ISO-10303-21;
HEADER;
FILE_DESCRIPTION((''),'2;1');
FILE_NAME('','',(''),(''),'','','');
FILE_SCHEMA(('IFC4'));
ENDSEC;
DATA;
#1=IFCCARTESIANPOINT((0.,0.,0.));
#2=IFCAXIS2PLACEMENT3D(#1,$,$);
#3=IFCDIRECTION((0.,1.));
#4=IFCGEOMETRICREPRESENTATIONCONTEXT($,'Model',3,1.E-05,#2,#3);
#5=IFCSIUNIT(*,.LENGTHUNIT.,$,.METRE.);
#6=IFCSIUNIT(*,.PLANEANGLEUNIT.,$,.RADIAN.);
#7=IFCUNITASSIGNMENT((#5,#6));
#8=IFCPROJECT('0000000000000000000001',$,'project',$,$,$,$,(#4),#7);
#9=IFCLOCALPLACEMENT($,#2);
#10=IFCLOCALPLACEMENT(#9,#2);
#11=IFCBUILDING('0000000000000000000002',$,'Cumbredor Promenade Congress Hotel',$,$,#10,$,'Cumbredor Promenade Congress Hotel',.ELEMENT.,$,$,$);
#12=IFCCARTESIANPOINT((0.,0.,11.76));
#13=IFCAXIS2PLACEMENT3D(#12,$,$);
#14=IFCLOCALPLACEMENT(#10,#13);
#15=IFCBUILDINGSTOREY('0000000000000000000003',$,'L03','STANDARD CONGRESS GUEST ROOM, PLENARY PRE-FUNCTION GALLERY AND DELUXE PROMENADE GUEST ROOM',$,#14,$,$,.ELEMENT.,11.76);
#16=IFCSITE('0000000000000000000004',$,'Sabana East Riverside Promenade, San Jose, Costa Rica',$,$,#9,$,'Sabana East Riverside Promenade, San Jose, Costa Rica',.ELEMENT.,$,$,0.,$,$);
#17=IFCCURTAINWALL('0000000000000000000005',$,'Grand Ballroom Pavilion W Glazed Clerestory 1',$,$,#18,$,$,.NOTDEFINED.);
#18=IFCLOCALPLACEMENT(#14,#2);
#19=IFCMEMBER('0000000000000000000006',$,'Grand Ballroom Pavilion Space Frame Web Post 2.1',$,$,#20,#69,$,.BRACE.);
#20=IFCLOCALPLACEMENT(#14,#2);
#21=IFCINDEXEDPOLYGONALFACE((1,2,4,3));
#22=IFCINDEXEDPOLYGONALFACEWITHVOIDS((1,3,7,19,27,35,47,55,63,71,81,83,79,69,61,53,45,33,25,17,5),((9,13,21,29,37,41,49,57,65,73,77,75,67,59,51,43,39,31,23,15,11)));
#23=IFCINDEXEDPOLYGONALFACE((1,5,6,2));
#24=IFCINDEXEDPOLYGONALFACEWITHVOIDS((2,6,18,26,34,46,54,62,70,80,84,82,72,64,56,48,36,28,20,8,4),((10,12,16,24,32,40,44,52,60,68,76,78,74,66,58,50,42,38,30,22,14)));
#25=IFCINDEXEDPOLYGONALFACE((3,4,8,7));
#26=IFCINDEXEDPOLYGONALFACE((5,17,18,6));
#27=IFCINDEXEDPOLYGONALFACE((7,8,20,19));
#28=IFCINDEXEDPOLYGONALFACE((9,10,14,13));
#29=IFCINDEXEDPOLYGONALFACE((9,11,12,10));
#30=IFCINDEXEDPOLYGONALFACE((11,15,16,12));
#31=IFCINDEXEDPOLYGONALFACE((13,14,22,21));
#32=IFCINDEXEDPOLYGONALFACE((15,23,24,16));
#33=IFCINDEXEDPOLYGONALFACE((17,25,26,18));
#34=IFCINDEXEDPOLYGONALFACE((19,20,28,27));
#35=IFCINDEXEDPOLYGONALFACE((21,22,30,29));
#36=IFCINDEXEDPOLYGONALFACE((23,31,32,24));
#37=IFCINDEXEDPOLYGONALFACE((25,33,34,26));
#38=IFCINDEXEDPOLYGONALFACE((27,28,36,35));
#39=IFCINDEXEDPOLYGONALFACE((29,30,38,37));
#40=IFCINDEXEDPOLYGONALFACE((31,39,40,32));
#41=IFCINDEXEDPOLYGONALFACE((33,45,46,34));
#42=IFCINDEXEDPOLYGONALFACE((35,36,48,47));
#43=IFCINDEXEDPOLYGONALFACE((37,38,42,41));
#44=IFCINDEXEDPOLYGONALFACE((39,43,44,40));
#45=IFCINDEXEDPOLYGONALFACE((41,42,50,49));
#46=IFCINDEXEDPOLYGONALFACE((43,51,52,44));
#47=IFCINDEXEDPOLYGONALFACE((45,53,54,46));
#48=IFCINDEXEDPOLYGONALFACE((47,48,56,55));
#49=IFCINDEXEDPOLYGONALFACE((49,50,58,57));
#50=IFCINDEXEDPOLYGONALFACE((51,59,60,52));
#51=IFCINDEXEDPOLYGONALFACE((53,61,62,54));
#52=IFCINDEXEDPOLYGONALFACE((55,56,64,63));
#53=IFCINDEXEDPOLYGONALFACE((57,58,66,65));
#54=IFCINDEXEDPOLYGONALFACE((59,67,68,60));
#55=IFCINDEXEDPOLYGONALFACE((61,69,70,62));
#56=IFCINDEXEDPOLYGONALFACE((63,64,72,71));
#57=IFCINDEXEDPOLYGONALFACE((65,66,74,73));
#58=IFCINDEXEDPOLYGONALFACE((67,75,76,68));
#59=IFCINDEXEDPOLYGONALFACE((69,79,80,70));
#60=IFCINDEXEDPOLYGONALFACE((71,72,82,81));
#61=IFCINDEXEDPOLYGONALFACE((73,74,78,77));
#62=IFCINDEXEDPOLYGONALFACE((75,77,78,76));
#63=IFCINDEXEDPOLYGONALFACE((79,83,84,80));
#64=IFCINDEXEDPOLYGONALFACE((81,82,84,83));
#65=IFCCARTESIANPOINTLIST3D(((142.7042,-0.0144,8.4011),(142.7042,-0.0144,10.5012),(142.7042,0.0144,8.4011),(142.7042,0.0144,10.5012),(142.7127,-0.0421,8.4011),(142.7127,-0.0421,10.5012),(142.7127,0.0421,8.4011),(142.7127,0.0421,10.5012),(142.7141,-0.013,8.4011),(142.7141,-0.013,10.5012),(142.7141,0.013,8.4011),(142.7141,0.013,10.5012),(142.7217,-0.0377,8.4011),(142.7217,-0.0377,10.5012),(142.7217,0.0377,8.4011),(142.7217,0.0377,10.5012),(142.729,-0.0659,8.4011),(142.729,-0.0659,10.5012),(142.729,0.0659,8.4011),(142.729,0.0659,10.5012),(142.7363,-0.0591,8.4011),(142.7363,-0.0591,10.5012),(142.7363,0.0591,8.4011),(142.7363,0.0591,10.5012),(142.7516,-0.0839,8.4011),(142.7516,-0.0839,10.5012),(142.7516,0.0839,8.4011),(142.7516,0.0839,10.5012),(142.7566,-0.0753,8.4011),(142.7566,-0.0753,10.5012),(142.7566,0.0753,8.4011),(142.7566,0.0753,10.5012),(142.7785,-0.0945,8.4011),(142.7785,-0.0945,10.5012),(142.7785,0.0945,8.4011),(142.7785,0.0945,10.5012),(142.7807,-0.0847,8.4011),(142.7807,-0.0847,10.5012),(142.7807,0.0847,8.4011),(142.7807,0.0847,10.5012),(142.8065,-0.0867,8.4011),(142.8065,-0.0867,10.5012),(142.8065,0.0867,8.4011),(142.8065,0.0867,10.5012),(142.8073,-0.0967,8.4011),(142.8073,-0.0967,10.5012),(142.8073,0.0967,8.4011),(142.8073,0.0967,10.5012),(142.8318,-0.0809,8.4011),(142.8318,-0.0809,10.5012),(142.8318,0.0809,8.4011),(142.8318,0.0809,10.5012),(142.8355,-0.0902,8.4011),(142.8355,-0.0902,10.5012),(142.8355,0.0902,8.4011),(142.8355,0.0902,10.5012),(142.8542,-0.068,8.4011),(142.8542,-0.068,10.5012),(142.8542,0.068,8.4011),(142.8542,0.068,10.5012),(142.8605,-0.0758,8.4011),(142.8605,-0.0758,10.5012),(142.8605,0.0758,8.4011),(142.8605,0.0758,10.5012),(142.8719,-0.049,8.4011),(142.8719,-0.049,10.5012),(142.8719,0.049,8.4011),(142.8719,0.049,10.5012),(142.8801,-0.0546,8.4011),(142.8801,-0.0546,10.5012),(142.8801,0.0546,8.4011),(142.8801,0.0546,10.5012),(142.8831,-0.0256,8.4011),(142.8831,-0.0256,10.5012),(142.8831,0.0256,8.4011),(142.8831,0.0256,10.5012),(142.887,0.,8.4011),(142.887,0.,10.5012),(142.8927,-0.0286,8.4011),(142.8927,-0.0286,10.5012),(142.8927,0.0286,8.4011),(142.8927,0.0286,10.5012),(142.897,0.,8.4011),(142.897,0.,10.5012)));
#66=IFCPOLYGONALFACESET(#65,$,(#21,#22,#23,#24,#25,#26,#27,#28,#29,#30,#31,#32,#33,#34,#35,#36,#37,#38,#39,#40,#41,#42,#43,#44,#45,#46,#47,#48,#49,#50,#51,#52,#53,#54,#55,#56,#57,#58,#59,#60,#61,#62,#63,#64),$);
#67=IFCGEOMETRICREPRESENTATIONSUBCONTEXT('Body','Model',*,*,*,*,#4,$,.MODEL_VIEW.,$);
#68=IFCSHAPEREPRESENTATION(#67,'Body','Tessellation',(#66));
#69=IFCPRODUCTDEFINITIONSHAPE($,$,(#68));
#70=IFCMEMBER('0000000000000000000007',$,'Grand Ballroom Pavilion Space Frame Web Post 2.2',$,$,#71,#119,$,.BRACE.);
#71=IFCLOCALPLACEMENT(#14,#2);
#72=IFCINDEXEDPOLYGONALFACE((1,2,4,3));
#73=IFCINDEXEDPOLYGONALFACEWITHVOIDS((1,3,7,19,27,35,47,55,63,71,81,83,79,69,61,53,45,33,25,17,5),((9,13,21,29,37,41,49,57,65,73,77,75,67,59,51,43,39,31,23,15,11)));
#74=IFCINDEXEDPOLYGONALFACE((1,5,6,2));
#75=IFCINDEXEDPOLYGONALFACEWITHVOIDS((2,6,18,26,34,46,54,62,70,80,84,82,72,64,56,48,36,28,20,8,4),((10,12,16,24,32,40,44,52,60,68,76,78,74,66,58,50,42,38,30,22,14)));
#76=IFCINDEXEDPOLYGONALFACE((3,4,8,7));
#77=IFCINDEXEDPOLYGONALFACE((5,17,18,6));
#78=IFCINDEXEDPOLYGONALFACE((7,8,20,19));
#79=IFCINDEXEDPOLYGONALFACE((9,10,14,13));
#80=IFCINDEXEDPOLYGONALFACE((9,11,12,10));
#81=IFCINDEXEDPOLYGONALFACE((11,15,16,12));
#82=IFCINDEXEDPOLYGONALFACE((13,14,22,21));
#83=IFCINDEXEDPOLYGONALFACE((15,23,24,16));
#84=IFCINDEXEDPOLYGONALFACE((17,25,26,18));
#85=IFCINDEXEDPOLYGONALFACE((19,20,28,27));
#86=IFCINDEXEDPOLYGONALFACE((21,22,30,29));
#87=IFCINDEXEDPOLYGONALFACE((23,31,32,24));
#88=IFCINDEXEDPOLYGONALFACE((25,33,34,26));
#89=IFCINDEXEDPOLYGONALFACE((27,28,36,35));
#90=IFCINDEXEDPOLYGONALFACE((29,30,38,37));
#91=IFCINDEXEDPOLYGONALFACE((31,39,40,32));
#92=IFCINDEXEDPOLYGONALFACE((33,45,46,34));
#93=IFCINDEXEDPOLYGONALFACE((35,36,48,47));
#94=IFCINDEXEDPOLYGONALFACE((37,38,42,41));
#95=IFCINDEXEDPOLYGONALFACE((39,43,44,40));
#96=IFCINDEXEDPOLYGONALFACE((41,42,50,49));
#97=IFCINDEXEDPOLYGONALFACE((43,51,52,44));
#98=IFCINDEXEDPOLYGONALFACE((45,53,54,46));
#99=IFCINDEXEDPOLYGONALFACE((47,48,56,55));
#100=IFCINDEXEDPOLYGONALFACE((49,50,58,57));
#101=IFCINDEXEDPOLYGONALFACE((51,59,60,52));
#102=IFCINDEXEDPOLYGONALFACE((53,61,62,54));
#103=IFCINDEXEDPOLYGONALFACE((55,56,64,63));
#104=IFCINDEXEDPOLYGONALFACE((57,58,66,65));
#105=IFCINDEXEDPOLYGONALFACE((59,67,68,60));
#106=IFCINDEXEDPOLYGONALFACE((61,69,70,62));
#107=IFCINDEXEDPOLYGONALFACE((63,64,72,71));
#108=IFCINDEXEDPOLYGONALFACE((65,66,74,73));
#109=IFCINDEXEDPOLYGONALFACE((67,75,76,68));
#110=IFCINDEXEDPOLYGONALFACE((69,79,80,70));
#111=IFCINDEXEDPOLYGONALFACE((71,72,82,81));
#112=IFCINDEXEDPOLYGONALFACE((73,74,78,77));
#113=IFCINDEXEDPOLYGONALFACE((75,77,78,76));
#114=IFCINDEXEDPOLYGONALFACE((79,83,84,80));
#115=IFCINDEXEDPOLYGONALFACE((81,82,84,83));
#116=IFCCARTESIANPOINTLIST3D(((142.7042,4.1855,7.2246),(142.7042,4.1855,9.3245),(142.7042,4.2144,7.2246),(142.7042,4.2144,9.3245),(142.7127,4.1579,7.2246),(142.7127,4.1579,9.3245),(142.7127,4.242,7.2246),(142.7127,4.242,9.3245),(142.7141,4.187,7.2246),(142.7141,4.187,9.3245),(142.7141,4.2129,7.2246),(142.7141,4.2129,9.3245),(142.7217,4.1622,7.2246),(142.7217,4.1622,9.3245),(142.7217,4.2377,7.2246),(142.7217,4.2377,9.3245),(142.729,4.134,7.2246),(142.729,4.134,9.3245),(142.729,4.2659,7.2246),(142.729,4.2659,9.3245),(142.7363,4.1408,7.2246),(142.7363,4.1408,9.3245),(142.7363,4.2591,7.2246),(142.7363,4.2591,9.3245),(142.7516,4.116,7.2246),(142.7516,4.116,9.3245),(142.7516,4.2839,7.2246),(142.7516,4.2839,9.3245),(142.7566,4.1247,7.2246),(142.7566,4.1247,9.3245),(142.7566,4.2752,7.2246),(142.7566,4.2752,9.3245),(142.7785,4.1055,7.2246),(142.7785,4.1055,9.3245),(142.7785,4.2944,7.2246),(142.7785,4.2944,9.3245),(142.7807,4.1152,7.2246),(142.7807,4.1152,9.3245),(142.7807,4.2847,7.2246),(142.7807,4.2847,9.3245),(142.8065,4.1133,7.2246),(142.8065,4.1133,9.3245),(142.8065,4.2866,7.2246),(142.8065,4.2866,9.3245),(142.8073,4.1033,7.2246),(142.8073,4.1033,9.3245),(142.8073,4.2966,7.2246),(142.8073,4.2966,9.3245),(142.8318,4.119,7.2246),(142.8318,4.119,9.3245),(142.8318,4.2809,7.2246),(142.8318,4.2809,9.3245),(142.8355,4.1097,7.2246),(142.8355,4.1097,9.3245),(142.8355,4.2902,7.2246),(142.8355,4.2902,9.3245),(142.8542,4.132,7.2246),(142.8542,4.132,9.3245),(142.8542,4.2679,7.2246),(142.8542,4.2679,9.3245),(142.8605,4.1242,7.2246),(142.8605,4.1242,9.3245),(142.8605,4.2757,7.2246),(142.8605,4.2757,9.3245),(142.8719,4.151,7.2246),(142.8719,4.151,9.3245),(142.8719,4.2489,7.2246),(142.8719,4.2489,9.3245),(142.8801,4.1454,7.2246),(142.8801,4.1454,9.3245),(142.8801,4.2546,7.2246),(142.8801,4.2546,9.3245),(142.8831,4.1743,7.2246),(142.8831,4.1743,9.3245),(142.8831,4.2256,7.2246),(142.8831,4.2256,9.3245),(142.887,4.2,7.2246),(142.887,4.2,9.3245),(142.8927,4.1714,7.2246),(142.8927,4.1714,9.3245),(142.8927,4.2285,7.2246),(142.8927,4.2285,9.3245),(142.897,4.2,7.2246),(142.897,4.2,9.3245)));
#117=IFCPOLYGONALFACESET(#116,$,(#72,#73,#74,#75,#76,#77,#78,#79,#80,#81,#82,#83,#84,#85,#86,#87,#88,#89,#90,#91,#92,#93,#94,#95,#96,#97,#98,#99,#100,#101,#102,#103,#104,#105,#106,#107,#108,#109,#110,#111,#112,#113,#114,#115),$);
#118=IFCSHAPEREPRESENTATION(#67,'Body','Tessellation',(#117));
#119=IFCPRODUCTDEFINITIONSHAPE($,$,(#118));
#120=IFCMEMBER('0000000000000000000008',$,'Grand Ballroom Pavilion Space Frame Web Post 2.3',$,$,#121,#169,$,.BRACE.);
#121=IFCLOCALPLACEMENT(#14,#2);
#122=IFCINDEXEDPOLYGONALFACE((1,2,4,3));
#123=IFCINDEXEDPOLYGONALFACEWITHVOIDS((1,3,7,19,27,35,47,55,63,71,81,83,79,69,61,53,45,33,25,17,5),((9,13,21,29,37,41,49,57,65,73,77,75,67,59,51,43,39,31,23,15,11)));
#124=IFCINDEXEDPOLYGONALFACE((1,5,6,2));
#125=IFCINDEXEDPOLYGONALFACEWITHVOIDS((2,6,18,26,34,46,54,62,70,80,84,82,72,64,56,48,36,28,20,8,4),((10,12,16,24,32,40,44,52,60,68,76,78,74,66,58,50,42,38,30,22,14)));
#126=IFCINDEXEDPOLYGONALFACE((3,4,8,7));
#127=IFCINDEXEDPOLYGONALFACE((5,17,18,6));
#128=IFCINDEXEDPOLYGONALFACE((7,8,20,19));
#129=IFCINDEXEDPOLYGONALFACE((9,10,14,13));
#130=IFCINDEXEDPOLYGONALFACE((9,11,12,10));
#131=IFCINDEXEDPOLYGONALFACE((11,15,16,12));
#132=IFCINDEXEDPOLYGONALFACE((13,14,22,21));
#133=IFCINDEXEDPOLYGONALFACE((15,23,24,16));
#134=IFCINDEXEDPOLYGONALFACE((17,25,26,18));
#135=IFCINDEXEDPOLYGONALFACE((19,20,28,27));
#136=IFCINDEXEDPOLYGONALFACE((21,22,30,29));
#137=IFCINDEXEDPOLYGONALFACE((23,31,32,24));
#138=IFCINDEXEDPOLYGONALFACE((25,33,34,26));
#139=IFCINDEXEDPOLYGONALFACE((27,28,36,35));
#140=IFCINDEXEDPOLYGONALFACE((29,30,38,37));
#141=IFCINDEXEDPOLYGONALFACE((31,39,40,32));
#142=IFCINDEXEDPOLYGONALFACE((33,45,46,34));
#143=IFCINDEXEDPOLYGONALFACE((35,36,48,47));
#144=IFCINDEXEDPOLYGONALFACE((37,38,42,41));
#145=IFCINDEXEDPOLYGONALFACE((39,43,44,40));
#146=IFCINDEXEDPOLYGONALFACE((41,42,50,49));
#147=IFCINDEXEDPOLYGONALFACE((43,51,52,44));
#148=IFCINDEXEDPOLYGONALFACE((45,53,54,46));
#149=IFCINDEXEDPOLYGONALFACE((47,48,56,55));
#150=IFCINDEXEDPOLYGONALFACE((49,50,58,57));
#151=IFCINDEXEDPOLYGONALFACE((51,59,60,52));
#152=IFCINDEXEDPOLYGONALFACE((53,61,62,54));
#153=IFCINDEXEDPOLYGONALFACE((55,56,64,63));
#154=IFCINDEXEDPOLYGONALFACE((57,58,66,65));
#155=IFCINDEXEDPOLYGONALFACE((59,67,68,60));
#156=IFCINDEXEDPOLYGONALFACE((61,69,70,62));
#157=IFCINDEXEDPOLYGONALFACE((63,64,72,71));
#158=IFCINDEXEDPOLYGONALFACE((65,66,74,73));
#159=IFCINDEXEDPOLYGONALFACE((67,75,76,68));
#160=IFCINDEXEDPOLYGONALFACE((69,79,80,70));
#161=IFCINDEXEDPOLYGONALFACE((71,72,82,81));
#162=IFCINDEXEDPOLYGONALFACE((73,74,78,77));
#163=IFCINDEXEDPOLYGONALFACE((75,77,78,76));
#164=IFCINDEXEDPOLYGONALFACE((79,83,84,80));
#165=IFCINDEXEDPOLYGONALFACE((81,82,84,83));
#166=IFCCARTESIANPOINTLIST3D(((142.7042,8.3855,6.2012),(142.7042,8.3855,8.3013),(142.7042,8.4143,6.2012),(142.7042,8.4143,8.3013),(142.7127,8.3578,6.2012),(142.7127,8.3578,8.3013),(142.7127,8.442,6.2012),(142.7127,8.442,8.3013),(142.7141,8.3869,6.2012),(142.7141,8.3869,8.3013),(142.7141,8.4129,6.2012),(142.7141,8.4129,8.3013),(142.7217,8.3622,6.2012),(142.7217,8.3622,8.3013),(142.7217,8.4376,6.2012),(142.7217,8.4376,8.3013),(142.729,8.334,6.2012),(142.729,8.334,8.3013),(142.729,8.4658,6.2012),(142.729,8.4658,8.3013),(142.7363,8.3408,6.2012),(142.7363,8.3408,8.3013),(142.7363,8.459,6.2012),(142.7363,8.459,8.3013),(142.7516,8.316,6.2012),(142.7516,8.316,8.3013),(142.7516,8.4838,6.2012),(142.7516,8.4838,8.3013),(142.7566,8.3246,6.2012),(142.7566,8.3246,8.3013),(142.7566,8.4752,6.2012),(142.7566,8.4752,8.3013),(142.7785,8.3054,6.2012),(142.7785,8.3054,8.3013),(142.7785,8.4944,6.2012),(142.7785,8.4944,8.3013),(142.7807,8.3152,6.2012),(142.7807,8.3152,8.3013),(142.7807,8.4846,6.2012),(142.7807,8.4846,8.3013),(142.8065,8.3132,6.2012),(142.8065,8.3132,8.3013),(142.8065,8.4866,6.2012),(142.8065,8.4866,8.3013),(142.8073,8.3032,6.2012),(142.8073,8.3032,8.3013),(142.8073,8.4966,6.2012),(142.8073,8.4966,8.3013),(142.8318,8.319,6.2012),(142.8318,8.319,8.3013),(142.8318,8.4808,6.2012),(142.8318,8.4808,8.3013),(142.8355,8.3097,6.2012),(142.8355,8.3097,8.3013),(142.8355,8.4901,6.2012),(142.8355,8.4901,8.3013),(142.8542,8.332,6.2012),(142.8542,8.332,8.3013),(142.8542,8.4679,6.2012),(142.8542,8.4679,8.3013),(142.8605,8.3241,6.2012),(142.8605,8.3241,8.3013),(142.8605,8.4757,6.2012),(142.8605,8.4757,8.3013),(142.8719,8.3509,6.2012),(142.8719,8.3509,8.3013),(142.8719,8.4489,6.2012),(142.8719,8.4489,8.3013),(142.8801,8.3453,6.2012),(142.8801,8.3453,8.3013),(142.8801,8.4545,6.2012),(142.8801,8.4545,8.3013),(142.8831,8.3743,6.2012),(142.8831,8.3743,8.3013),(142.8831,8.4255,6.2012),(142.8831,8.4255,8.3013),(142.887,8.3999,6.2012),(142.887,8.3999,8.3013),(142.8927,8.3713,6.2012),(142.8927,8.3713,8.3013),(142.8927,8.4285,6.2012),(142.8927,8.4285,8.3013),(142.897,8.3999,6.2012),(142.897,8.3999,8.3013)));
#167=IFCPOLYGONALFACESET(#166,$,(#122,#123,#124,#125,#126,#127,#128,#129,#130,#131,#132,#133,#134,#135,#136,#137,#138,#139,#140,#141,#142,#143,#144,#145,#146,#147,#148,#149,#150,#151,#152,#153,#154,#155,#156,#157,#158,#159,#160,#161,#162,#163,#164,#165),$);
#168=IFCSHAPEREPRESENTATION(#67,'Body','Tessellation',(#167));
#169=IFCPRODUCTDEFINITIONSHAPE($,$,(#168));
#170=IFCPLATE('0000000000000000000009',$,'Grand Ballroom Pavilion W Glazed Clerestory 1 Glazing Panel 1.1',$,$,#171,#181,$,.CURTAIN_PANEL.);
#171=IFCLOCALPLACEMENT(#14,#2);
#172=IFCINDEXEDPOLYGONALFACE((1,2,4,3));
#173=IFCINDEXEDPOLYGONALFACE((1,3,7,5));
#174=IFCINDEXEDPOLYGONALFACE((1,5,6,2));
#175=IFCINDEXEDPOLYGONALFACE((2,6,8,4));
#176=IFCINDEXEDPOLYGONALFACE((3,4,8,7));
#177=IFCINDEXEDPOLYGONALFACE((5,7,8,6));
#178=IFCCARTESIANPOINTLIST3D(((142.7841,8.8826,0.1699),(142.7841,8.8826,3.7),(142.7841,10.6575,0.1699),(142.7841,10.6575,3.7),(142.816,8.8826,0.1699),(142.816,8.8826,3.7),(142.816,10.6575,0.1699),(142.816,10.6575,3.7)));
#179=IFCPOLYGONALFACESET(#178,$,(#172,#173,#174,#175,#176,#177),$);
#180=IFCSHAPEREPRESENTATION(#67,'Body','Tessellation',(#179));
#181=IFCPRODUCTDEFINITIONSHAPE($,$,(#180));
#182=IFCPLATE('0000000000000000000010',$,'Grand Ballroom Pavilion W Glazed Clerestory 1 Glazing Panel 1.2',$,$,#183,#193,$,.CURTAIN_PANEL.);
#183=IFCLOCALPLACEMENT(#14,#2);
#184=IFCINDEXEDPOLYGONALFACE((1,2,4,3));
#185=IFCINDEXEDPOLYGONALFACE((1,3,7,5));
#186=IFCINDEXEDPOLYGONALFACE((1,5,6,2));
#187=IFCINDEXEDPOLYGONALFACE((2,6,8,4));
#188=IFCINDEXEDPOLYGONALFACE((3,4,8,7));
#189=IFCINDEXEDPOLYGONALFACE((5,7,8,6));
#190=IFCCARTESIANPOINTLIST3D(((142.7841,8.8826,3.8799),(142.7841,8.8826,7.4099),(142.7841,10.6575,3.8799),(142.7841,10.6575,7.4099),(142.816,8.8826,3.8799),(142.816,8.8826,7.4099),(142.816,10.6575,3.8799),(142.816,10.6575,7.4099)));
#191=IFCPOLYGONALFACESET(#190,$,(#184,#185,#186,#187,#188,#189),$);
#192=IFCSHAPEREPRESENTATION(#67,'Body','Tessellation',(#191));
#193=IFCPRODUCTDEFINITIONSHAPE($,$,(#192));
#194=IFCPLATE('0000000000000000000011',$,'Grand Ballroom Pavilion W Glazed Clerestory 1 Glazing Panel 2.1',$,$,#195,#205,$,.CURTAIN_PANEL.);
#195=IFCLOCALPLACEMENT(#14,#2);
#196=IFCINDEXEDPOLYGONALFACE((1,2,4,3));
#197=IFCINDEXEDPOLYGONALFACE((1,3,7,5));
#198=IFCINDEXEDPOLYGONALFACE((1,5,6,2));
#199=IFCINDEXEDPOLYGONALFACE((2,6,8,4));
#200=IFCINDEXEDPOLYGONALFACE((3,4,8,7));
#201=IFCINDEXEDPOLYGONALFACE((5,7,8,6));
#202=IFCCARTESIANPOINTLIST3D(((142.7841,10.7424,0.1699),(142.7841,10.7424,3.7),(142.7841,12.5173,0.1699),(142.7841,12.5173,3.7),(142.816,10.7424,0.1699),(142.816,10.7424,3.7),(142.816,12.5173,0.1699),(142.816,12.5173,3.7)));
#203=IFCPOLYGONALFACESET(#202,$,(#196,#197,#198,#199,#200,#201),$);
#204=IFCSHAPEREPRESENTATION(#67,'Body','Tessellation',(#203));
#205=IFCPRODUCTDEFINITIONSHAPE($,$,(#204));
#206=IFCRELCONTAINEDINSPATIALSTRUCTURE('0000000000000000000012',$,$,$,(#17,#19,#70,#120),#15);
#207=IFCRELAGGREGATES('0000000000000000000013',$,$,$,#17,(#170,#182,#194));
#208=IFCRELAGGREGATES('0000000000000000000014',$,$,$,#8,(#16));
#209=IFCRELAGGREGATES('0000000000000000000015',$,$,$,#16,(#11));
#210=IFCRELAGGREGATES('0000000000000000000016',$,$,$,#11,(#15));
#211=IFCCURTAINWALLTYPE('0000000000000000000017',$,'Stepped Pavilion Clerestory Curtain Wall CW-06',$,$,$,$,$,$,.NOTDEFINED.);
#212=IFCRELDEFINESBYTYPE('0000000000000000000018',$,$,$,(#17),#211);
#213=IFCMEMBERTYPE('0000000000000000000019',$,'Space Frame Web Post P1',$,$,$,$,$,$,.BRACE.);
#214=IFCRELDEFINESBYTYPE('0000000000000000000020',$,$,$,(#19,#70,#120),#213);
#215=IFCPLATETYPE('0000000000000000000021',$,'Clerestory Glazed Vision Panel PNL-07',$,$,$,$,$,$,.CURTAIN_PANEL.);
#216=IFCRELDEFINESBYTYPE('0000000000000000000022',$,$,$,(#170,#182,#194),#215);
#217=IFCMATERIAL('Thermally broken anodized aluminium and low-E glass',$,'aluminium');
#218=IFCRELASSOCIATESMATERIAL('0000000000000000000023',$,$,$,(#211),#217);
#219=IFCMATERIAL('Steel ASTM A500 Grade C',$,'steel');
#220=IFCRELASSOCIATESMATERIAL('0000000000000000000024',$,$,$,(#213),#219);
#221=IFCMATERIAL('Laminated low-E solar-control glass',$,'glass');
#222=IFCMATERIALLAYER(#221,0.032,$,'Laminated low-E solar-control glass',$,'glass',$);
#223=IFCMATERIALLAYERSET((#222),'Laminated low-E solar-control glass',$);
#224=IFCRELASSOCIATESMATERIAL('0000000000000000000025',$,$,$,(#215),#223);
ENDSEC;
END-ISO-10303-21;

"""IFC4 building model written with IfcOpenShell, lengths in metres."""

from ifc_helpers import new_model, si_unit, direction, frame, origin, origin_2d, place, context, subcontext, project, spatial, rectangle, hollow_circle, extrude, material, layer, layer_set, material_profile, profile_set, type_object, element, aggregate, save


model = new_model("IFC4")

# Units and contexts
model_context = context("Model", 3, precision=1e-05, world=origin(), true_north=direction((0.0, 1.0)))
body_context = subcontext(model_context, "Body", "Model", "MODEL_VIEW")
ifc_project = project(units=[si_unit("LENGTHUNIT", "METRE"), si_unit("PLANEANGLEUNIT", "RADIAN")], contexts=[model_context])

# Site, building, storey
site_placement = place(None, origin())
site = spatial("IfcSite", under=ifc_project, at=site_placement, Name="Sabana East Riverside Promenade, San Jose, Costa Rica", LongName="Sabana East Riverside Promenade, San Jose, Costa Rica", CompositionType="ELEMENT", RefElevation=0.0)
building_placement = place(site_placement, origin())
building = spatial("IfcBuilding", under=site, at=building_placement, Name="Cumbredor Promenade Congress Hotel", LongName="Cumbredor Promenade Congress Hotel", CompositionType="ELEMENT")
storey_placement = place(building_placement, frame((0.0, 0.0, 11.76)))
storey = spatial("IfcBuildingStorey", under=building, at=storey_placement, Name="L03", Description="STANDARD CONGRESS GUEST ROOM, PLENARY PRE-FUNCTION GALLERY AND DELUXE PROMENADE GUEST ROOM", CompositionType="ELEMENT", Elevation=11.76)

# Shared definitions
ifc_material_1 = material(Name="Steel ASTM A500 Grade C", Category="steel")

# Curtain wall
ifc_material_2 = material(Name="Thermally broken anodized aluminium and low-E glass", Category="aluminium")
curtain_wall_type = type_object("IfcCurtainWallType", Name="Stepped Pavilion Clerestory Curtain Wall CW-06", PredefinedType="NOTDEFINED", material=ifc_material_2)
curtain_wall_placement = place(storey_placement, origin())
curtain_wall = element("IfcCurtainWall", 1, at=curtain_wall_placement, inside=storey, type_object=curtain_wall_type, Name="Grand Ballroom Pavilion W Glazed Clerestory 1", PredefinedType="NOTDEFINED")

# Members
ifc_material_profile_1 = material_profile(ifc_material_1, hollow_circle(Radius=0.0969, WallThickness=0.01, at=origin_2d()), Name="CHS 193.7x10")
ifc_profile_set_1 = profile_set([ifc_material_profile_1], Name="Steel ASTM A500 Grade C")
member_type_1 = type_object("IfcMemberType", Name="Space Frame Web Post P1", PredefinedType="BRACE", material=ifc_profile_set_1)
member_1_placement = place(storey_placement, frame((142.8, 0.0, 8.4011), z_axis=(0.0, 0.0, 1.0), x_axis=(1.0, 0.0, 0.0)))
element("IfcMember", 2, at=member_1_placement, inside=storey, type_object=member_type_1, Name="Grand Ballroom Pavilion Space Frame Web Post 2.1", PredefinedType="BRACE", context=body_context, shape_type="SweptSolid", body=[
    extrude(hollow_circle(Radius=0.0969, WallThickness=0.01, at=origin_2d()), origin(), (0.0, 0.0, 1.0), 2.1001),
])
member_2_placement = place(storey_placement, frame((142.8, 4.2, 7.2246), z_axis=(0.0, 0.0, 1.0), x_axis=(1.0, 0.0, 0.0)))
element("IfcMember", 3, at=member_2_placement, inside=storey, type_object=member_type_1, Name="Grand Ballroom Pavilion Space Frame Web Post 2.2", PredefinedType="BRACE", context=body_context, shape_type="SweptSolid", body=[
    extrude(hollow_circle(Radius=0.0969, WallThickness=0.01, at=origin_2d()), origin(), (0.0, 0.0, 1.0), 2.0999),
])
member_3_placement = place(storey_placement, frame((142.8, 8.3999, 6.2012), z_axis=(0.0, 0.0, 1.0), x_axis=(1.0, 0.0, 0.0)))
element("IfcMember", 4, at=member_3_placement, inside=storey, type_object=member_type_1, Name="Grand Ballroom Pavilion Space Frame Web Post 2.3", PredefinedType="BRACE", context=body_context, shape_type="SweptSolid", body=[
    extrude(hollow_circle(Radius=0.0969, WallThickness=0.01, at=origin_2d()), origin(), (0.0, 0.0, 1.0), 2.1001),
])

# Plates
ifc_material_3 = material(Name="Laminated low-E solar-control glass", Category="glass")
ifc_layer_1 = layer(ifc_material_3, 0.032, Name="Laminated low-E solar-control glass", Category="glass")
ifc_layer_set_1 = layer_set([ifc_layer_1], Name="Laminated low-E solar-control glass")
plate_type_1 = type_object("IfcPlateType", Name="Clerestory Glazed Vision Panel PNL-07", PredefinedType="CURTAIN_PANEL", material=ifc_layer_set_1)
plate_1_placement = place(storey_placement, frame((142.8, 9.77, 0.1699), z_axis=(0.0, 0.0, 1.0), x_axis=(0.0, 1.0, 0.0)))
plate_1 = element("IfcPlate", 5, at=plate_1_placement, type_object=plate_type_1, Name="Grand Ballroom Pavilion W Glazed Clerestory 1 Glazing Panel 1.1", PredefinedType="CURTAIN_PANEL", context=body_context, shape_type="SweptSolid", body=[
    extrude(rectangle(XDim=1.7749, YDim=0.032, at=origin_2d()), origin(), (0.0, 0.0, 1.0), 3.53),
])
plate_2_placement = place(storey_placement, frame((142.8, 9.77, 3.8799), z_axis=(0.0, 0.0, 1.0), x_axis=(0.0, 1.0, 0.0)))
plate_2 = element("IfcPlate", 6, at=plate_2_placement, type_object=plate_type_1, Name="Grand Ballroom Pavilion W Glazed Clerestory 1 Glazing Panel 1.2", PredefinedType="CURTAIN_PANEL", context=body_context, shape_type="SweptSolid", body=[
    extrude(rectangle(XDim=1.7749, YDim=0.032, at=origin_2d()), origin(), (0.0, 0.0, 1.0), 3.53),
])
plate_3_placement = place(storey_placement, frame((142.8, 11.6299, 0.1699), z_axis=(0.0, 0.0, 1.0), x_axis=(0.0, 1.0, 0.0)))
plate_3 = element("IfcPlate", 7, at=plate_3_placement, type_object=plate_type_1, Name="Grand Ballroom Pavilion W Glazed Clerestory 1 Glazing Panel 2.1", PredefinedType="CURTAIN_PANEL", context=body_context, shape_type="SweptSolid", body=[
    extrude(rectangle(XDim=1.7749, YDim=0.032, at=origin_2d()), origin(), (0.0, 0.0, 1.0), 3.53),
])
aggregate(curtain_wall, [plate_1, plate_2, plate_3])

save(model, "model.ifc")
